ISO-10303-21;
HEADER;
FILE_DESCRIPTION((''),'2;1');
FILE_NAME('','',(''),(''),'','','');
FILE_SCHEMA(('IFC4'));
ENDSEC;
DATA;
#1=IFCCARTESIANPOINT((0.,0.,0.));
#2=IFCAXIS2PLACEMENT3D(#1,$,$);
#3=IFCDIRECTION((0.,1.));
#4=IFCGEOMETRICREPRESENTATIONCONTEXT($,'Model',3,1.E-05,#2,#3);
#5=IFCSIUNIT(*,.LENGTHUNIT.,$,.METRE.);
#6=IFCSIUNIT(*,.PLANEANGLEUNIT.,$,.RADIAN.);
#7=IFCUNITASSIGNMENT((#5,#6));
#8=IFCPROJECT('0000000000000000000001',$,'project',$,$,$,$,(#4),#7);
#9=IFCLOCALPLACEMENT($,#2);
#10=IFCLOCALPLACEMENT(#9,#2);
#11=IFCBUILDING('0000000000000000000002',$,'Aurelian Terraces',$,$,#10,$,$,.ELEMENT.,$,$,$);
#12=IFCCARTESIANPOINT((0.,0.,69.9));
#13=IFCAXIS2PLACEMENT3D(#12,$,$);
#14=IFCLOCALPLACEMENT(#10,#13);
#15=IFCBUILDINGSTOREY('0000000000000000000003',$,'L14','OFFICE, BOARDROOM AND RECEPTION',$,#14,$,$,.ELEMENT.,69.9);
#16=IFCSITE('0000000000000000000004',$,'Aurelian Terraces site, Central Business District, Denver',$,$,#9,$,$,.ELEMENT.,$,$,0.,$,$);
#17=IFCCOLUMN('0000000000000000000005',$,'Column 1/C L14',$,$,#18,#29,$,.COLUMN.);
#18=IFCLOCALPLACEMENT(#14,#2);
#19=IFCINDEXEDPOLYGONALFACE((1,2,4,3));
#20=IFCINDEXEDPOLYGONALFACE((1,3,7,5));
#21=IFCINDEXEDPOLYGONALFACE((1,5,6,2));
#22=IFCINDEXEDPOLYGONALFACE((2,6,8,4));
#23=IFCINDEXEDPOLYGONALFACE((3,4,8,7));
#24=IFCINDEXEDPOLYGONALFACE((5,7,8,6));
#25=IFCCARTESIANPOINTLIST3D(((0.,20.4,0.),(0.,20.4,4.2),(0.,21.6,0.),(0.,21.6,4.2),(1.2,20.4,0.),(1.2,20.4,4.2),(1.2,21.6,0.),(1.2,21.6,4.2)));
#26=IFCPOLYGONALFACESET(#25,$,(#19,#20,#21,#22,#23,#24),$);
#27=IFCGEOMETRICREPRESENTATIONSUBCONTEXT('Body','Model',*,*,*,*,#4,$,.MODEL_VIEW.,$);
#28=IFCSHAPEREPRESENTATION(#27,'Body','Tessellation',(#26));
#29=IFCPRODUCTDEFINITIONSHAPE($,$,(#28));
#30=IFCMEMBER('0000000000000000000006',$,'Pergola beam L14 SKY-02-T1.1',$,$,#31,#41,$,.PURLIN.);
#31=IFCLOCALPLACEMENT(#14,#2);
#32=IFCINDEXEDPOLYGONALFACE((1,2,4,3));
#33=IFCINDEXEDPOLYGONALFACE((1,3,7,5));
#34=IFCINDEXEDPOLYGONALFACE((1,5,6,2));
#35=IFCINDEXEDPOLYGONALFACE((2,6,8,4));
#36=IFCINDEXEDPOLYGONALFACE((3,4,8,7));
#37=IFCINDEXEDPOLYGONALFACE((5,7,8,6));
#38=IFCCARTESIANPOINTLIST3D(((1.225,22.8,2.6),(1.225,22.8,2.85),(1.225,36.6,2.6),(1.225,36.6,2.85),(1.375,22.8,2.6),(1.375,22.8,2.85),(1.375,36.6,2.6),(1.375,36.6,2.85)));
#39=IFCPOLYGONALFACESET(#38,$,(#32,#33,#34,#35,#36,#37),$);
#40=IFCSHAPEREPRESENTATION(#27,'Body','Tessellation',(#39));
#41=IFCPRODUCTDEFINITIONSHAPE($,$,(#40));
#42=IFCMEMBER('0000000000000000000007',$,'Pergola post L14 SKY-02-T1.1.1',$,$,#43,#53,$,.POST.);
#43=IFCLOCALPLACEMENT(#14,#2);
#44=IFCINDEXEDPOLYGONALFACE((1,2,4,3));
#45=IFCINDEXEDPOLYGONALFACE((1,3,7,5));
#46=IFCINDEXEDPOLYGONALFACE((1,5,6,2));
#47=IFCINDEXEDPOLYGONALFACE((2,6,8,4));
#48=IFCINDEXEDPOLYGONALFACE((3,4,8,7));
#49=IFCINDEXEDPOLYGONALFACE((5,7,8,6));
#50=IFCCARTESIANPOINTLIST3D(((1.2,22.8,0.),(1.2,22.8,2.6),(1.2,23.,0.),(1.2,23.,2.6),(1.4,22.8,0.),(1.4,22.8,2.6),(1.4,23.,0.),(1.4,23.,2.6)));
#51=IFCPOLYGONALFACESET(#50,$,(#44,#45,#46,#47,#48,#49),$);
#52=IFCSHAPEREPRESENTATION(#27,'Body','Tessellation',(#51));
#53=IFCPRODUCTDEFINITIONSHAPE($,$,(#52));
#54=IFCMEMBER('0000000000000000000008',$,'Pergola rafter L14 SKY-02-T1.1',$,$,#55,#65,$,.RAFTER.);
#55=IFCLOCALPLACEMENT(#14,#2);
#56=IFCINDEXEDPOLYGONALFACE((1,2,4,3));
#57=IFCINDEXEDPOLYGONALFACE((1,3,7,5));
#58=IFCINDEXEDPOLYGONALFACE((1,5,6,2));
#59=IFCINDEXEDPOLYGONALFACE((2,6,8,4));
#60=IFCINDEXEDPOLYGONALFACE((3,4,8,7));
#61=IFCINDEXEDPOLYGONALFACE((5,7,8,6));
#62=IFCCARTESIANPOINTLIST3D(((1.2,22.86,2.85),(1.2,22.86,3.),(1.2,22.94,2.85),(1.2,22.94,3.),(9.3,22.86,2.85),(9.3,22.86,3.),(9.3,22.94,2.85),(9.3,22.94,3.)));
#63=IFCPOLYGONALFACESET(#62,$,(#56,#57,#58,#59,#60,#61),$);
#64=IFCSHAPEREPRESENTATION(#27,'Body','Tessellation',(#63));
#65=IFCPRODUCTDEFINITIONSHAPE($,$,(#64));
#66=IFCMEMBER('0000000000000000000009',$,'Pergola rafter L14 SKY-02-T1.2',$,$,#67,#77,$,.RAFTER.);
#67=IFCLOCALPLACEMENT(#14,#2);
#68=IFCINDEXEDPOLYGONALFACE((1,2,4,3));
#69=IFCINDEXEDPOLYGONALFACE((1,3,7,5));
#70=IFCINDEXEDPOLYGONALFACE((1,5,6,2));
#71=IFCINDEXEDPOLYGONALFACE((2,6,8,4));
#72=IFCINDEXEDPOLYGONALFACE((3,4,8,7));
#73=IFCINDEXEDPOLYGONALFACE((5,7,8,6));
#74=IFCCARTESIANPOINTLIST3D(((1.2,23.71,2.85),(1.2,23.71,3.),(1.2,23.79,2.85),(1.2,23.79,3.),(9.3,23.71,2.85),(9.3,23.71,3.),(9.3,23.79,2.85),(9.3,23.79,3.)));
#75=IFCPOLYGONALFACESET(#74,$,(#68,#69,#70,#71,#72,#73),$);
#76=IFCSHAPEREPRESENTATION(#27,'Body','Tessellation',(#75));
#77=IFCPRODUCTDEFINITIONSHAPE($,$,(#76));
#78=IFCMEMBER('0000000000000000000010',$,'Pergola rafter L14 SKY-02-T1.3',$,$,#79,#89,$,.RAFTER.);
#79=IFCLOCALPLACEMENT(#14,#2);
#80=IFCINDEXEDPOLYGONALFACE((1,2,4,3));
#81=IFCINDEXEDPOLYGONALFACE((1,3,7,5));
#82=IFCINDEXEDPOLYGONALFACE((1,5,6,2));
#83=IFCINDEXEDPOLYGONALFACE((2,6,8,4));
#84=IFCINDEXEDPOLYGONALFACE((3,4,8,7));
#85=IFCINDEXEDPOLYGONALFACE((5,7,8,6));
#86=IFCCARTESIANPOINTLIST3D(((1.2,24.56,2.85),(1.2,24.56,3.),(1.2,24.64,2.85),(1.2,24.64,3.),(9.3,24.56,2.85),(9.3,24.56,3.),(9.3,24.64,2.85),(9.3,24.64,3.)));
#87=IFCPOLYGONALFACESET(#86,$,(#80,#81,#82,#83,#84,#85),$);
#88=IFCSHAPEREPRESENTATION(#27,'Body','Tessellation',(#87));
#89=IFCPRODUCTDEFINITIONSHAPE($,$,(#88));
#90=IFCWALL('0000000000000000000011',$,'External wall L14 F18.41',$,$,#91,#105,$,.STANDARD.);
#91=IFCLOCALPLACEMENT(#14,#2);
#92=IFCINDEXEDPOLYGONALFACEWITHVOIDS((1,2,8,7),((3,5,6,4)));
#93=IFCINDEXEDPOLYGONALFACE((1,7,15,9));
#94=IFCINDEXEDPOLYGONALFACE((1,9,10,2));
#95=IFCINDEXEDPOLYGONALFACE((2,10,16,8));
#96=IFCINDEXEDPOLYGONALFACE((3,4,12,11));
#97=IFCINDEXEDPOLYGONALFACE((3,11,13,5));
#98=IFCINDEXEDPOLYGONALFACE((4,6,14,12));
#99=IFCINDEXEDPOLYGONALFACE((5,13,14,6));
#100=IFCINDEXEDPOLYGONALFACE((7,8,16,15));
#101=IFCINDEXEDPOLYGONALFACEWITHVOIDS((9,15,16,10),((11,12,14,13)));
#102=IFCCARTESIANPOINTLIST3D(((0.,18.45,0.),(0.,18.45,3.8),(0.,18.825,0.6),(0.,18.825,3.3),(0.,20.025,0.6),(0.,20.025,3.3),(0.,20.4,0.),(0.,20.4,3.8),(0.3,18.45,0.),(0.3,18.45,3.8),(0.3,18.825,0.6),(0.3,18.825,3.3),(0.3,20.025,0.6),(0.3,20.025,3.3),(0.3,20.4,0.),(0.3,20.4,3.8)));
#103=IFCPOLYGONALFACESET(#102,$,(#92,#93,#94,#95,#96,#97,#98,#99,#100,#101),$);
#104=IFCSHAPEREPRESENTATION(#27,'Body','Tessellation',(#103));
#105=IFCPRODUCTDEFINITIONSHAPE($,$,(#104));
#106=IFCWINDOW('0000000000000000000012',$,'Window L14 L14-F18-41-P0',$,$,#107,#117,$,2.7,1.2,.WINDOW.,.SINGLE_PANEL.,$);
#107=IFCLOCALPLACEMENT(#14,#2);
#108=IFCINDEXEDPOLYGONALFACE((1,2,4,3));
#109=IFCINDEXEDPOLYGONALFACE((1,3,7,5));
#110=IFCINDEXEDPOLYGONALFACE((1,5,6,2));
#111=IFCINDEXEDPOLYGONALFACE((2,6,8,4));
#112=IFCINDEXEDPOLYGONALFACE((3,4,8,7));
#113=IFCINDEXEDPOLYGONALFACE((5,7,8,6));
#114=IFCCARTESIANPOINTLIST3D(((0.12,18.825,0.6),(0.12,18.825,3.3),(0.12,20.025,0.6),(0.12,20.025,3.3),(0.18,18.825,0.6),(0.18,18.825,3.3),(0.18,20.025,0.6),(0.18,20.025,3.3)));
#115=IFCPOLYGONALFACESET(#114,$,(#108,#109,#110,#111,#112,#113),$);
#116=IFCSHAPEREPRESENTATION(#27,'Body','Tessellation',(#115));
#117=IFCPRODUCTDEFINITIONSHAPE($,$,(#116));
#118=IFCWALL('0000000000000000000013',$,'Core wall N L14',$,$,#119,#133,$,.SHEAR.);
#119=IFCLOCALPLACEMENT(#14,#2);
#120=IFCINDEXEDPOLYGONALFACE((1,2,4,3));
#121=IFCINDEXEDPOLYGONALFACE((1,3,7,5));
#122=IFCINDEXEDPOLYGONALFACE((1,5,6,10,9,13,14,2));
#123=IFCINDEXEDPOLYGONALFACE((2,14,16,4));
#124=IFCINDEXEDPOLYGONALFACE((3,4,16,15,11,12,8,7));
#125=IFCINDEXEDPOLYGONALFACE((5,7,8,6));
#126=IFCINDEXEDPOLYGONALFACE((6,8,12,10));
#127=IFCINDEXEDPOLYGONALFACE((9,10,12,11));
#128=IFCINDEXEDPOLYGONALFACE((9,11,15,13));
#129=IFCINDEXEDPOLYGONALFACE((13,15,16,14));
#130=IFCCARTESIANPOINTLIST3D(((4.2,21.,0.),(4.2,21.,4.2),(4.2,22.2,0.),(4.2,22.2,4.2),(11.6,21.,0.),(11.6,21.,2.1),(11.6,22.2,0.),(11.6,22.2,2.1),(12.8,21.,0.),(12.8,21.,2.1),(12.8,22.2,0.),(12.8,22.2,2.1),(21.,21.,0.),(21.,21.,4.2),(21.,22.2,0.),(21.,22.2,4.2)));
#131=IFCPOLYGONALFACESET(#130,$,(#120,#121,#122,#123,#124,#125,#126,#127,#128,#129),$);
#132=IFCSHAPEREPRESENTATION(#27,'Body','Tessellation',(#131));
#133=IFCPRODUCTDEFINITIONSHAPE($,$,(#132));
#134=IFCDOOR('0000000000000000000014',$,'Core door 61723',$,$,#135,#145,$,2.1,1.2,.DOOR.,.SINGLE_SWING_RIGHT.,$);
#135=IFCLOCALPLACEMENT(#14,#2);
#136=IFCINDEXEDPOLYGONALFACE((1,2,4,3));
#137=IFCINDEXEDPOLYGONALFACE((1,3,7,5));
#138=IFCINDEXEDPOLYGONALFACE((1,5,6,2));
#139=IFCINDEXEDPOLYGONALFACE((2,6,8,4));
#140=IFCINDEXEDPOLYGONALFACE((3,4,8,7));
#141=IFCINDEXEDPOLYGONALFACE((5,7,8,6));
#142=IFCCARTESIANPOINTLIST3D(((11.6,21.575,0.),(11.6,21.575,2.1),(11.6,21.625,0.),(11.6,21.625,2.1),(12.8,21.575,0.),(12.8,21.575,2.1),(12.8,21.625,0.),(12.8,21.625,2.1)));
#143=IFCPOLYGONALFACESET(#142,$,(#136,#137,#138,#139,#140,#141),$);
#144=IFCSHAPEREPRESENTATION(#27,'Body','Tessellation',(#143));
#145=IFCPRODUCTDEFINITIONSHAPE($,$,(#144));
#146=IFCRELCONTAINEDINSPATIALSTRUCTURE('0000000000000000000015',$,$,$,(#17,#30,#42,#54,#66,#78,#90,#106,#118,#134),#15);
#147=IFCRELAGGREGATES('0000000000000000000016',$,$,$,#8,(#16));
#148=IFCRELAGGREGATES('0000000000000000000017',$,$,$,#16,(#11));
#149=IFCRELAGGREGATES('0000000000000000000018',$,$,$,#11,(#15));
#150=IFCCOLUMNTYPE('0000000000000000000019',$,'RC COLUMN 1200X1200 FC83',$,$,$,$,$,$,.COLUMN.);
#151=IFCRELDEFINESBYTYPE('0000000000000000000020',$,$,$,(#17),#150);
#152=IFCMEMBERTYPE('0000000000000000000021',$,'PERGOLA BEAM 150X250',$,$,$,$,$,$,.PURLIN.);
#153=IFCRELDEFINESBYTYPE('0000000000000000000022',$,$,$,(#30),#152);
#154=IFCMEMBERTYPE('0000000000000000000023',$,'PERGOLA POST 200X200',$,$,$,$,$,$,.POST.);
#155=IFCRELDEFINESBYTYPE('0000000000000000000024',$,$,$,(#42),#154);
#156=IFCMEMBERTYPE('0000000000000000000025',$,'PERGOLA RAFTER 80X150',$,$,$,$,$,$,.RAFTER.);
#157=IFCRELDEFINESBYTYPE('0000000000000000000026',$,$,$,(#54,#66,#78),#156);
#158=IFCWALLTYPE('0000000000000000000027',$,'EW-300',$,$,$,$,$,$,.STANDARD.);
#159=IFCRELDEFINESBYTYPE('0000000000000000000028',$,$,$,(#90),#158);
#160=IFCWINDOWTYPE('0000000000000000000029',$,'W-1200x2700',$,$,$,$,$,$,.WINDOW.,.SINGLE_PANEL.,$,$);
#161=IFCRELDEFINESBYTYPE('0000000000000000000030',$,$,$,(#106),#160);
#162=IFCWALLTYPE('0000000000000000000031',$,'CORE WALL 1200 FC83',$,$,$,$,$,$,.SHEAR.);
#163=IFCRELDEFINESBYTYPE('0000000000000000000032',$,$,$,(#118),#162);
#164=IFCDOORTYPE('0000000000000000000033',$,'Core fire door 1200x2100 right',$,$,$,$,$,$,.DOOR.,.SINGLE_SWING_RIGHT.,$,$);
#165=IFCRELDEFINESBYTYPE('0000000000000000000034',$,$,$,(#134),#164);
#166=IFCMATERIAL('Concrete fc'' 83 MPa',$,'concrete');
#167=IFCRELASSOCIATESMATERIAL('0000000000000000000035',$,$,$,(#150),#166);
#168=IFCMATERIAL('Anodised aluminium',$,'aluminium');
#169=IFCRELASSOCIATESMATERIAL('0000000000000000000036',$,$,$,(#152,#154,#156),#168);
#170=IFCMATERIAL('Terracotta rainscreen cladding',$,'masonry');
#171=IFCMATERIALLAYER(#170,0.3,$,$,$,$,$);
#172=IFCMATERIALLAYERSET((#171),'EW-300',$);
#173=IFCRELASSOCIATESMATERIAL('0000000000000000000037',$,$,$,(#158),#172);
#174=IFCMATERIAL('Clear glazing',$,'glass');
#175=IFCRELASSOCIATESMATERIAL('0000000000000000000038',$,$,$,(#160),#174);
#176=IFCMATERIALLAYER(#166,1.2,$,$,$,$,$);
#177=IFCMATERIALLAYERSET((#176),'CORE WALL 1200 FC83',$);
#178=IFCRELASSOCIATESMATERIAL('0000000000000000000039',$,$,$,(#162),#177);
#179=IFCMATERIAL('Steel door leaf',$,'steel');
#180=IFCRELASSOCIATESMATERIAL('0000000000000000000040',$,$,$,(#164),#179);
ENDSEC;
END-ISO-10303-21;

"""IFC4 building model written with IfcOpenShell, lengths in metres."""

from ifc_helpers import new_model, si_unit, direction, frame, frame_2d, origin, origin_2d, place, context, subcontext, project, spatial, rectangle, extrude, source, transform, mapped, material, layer, layer_set, material_profile, profile_set, type_object, element, fill, save


model = new_model("IFC4")

# Units and contexts
model_context = context("Model", 3, precision=1e-05, world=origin(), true_north=direction((0.0, 1.0)))
body_context = subcontext(model_context, "Body", "Model", "MODEL_VIEW")
ifc_project = project(units=[si_unit("LENGTHUNIT", "METRE"), si_unit("PLANEANGLEUNIT", "RADIAN")], contexts=[model_context])

# Site, building, storey
site_placement = place(None, origin())
site = spatial("IfcSite", under=ifc_project, at=site_placement, Name="Aurelian Terraces site, Central Business District, Denver", CompositionType="ELEMENT", RefElevation=0.0)
building_placement = place(site_placement, origin())
building = spatial("IfcBuilding", under=site, at=building_placement, Name="Aurelian Terraces", CompositionType="ELEMENT")
storey_placement = place(building_placement, frame((0.0, 0.0, 69.9)))
storey = spatial("IfcBuildingStorey", under=building, at=storey_placement, Name="L14", Description="OFFICE, BOARDROOM AND RECEPTION", CompositionType="ELEMENT", Elevation=69.9)

# Column
ifc_material_1 = material(Name="Concrete fc' 83 MPa", Category="concrete")
ifc_material_profile_1 = material_profile(ifc_material_1, rectangle(XDim=1.2, YDim=1.2, at=origin_2d()))
ifc_profile_set_1 = profile_set([ifc_material_profile_1], Name="Concrete fc' 83 MPa")
column_type = type_object("IfcColumnType", Name="RC COLUMN 1200X1200 FC83", PredefinedType="COLUMN", material=ifc_profile_set_1)
shared_shape_1 = source(origin(), body_context, "Body", "SweptSolid", [
    extrude(rectangle(XDim=1.2, YDim=1.2, at=origin_2d()), origin(), (0.0, 0.0, 1.0), 4.2),
])
column_placement = place(storey_placement, frame((0.6, 21.0, 0.0), z_axis=(0.0, 0.0, 1.0), x_axis=(1.0, 0.0, 0.0)))
element("IfcColumn", 1, at=column_placement, inside=storey, type_object=column_type, Name="Column 1/C L14", PredefinedType="COLUMN", context=body_context, shape_type="MappedRepresentation", body=[
    mapped(shared_shape_1, transform((0.0, 0.0, 0.0), scale=1.0)),
])

# Members
ifc_material_2 = material(Name="Anodised aluminium", Category="aluminium")
ifc_material_profile_2 = material_profile(ifc_material_2, rectangle(XDim=0.15, YDim=0.25, at=origin_2d()))
ifc_profile_set_2 = profile_set([ifc_material_profile_2], Name="Anodised aluminium")
member_type_1 = type_object("IfcMemberType", Name="PERGOLA BEAM 150X250", PredefinedType="PURLIN", material=ifc_profile_set_2)
member_1_placement = place(storey_placement, frame((1.3, 22.8, 2.725), z_axis=(0.0, 1.0, 0.0), x_axis=(-1.0, 0.0, 0.0)))
element("IfcMember", 2, at=member_1_placement, inside=storey, type_object=member_type_1, Name="Pergola beam L14 SKY-02-T1.1", PredefinedType="PURLIN", context=body_context, shape_type="SweptSolid", body=[
    extrude(rectangle(XDim=0.15, YDim=0.25, at=origin_2d()), origin(), (0.0, 0.0, 1.0), 13.8),
])
ifc_material_profile_3 = material_profile(ifc_material_2, rectangle(XDim=0.2, YDim=0.2, at=origin_2d()))
ifc_profile_set_3 = profile_set([ifc_material_profile_3], Name="Anodised aluminium")
member_type_2 = type_object("IfcMemberType", Name="PERGOLA POST 200X200", PredefinedType="POST", material=ifc_profile_set_3)
shared_shape_2 = source(origin(), body_context, "Body", "SweptSolid", [
    extrude(rectangle(XDim=0.2, YDim=0.2, at=origin_2d()), origin(), (0.0, 0.0, 1.0), 2.6),
])
member_2_placement = place(storey_placement, frame((1.3, 22.9, 0.0), z_axis=(0.0, 0.0, 1.0), x_axis=(1.0, 0.0, 0.0)))
element("IfcMember", 3, at=member_2_placement, inside=storey, type_object=member_type_2, Name="Pergola post L14 SKY-02-T1.1.1", PredefinedType="POST", context=body_context, shape_type="MappedRepresentation", body=[
    mapped(shared_shape_2, transform((0.0, 0.0, 0.0), scale=1.0)),
])
ifc_material_profile_4 = material_profile(ifc_material_2, rectangle(XDim=0.08, YDim=0.15, at=origin_2d()))
ifc_profile_set_4 = profile_set([ifc_material_profile_4], Name="Anodised aluminium")
member_type_3 = type_object("IfcMemberType", Name="PERGOLA RAFTER 80X150", PredefinedType="RAFTER", material=ifc_profile_set_4)
shared_shape_3 = source(origin(), body_context, "Body", "SweptSolid", [
    extrude(rectangle(XDim=0.08, YDim=0.15, at=origin_2d()), origin(), (0.0, 0.0, 1.0), 8.1),
])
for number, where, z_axis, x_axis, name in (
    (4, (1.2, 22.9, 2.925), (1.0, 0.0, 0.0), (0.0, 1.0, 0.0), "Pergola rafter L14 SKY-02-T1.1"),
    (5, (1.2, 23.75, 2.925), (1.0, 0.0, 0.0), (0.0, 1.0, 0.0), "Pergola rafter L14 SKY-02-T1.2"),
    (6, (1.2, 24.6, 2.925), (1.0, 0.0, 0.0), (0.0, 1.0, 0.0), "Pergola rafter L14 SKY-02-T1.3"),
):
    element("IfcMember", number, at=place(storey_placement, frame(where, z_axis=z_axis, x_axis=x_axis)), inside=storey, type_object=member_type_3, Name=name, PredefinedType="RAFTER", context=body_context, shape_type="MappedRepresentation", body=[
        mapped(shared_shape_3, transform((0.0, 0.0, 0.0), scale=1.0)),
    ])

# Wall, opening, window
ifc_material_3 = material(Name="Terracotta rainscreen cladding", Category="masonry")
ifc_layer_1 = layer(ifc_material_3, 0.3)
ifc_layer_set_1 = layer_set([ifc_layer_1], Name="EW-300")
wall_type_1 = type_object("IfcWallType", Name="EW-300", PredefinedType="STANDARD", material=ifc_layer_set_1)
wall_1_placement = place(storey_placement, frame((0.15, 20.4, 0.0), z_axis=(0.0, 0.0, 1.0), x_axis=(0.0, -1.0, 0.0)))
wall_1 = element("IfcWall", 7, at=wall_1_placement, inside=storey, type_object=wall_type_1, Name="External wall L14 F18.41", PredefinedType="STANDARD", context=body_context, shape_type="SweptSolid", body=[
    extrude(rectangle(XDim=1.95, YDim=0.3, at=frame_2d((0.975, 0.0))), origin(), (0.0, 0.0, 1.0), 3.8),
])
shared_shape_4 = source(origin(), body_context, "Body", "SweptSolid", [
    extrude(rectangle(XDim=1.2, YDim=2.7, at=frame_2d((0.6, 1.35))), frame((0.0, 0.16, 0.0), z_axis=(0.0, -1.0, 0.0), x_axis=(1.0, 0.0, 0.0)), (0.0, 0.0, 1.0), 0.32),
])
opening_1_placement = place(wall_1_placement, frame((0.375, 0.0, 0.6)))
opening_1 = element("IfcOpeningElement", 8, at=opening_1_placement, cuts=wall_1, PredefinedType="OPENING", context=body_context, shape_type="MappedRepresentation", body=[
    mapped(shared_shape_4, transform((0.0, 0.0, 0.0), scale=1.0)),
])
ifc_material_4 = material(Name="Clear glazing", Category="glass")
window_type = type_object("IfcWindowType", Name="W-1200x2700", PartitioningType="SINGLE_PANEL", PredefinedType="WINDOW", material=ifc_material_4)
shared_shape_5 = source(origin(), body_context, "Body", "SweptSolid", [
    extrude(rectangle(XDim=1.2, YDim=2.7, at=frame_2d((0.6, 1.35))), frame((0.0, 0.03, 0.0), z_axis=(0.0, -1.0, 0.0), x_axis=(1.0, 0.0, 0.0)), (0.0, 0.0, 1.0), 0.06),
])
window_1_placement = place(opening_1_placement, origin())
window_1 = element("IfcWindow", 9, at=window_1_placement, inside=storey, type_object=window_type, Name="Window L14 L14-F18-41-P0", OverallHeight=2.7, OverallWidth=1.2, PartitioningType="SINGLE_PANEL", PredefinedType="WINDOW", context=body_context, shape_type="MappedRepresentation", body=[
    mapped(shared_shape_5, transform((0.0, 0.0, 0.0), scale=1.0)),
])
fill(opening_1, window_1)

# Wall, opening, door
ifc_layer_2 = layer(ifc_material_1, 1.2)
ifc_layer_set_2 = layer_set([ifc_layer_2], Name="CORE WALL 1200 FC83")
wall_type_2 = type_object("IfcWallType", Name="CORE WALL 1200 FC83", PredefinedType="SHEAR", material=ifc_layer_set_2)
shared_shape_6 = source(origin(), body_context, "Body", "SweptSolid", [
    extrude(rectangle(XDim=16.8, YDim=1.2, at=frame_2d((8.4, 0.0))), origin(), (0.0, 0.0, 1.0), 4.2),
])
wall_2_placement = place(storey_placement, frame((4.2, 21.6, 0.0), z_axis=(0.0, 0.0, 1.0), x_axis=(1.0, 0.0, 0.0)))
wall_2 = element("IfcWall", 10, at=wall_2_placement, inside=storey, type_object=wall_type_2, Name="Core wall N L14", PredefinedType="SHEAR", context=body_context, shape_type="MappedRepresentation", body=[
    mapped(shared_shape_6, transform((0.0, 0.0, 0.0), scale=1.0)),
])
shared_shape_7 = source(origin(), body_context, "Body", "SweptSolid", [
    extrude(rectangle(XDim=1.2, YDim=2.1, at=frame_2d((0.6, 1.05))), frame((0.0, 0.61, 0.0), z_axis=(0.0, -1.0, 0.0), x_axis=(1.0, 0.0, 0.0)), (0.0, 0.0, 1.0), 1.22),
])
opening_2_placement = place(wall_2_placement, frame((7.4, 0.0, 0.0)))
opening_2 = element("IfcOpeningElement", 11, at=opening_2_placement, cuts=wall_2, PredefinedType="OPENING", context=body_context, shape_type="MappedRepresentation", body=[
    mapped(shared_shape_7, transform((0.0, 0.0, 0.0), scale=1.0)),
])
ifc_material_5 = material(Name="Steel door leaf", Category="steel")
door_type = type_object("IfcDoorType", Name="Core fire door 1200x2100 right", OperationType="SINGLE_SWING_RIGHT", PredefinedType="DOOR", material=ifc_material_5)
shared_shape_8 = source(origin(), body_context, "Body", "SweptSolid", [
    extrude(rectangle(XDim=1.2, YDim=2.1, at=frame_2d((0.6, 1.05))), frame((0.0, 0.025, 0.0), z_axis=(0.0, -1.0, 0.0), x_axis=(1.0, 0.0, 0.0)), (0.0, 0.0, 1.0), 0.05),
])
door_placement = place(opening_2_placement, origin())
door = element("IfcDoor", 12, at=door_placement, inside=storey, type_object=door_type, Name="Core door 61723", OperationType="SINGLE_SWING_RIGHT", OverallHeight=2.1, OverallWidth=1.2, PredefinedType="DOOR", context=body_context, shape_type="MappedRepresentation", body=[
    mapped(shared_shape_8, transform((0.0, 0.0, 0.0), scale=1.0)),
])
fill(opening_2, door)

save(model, "model.ifc")
